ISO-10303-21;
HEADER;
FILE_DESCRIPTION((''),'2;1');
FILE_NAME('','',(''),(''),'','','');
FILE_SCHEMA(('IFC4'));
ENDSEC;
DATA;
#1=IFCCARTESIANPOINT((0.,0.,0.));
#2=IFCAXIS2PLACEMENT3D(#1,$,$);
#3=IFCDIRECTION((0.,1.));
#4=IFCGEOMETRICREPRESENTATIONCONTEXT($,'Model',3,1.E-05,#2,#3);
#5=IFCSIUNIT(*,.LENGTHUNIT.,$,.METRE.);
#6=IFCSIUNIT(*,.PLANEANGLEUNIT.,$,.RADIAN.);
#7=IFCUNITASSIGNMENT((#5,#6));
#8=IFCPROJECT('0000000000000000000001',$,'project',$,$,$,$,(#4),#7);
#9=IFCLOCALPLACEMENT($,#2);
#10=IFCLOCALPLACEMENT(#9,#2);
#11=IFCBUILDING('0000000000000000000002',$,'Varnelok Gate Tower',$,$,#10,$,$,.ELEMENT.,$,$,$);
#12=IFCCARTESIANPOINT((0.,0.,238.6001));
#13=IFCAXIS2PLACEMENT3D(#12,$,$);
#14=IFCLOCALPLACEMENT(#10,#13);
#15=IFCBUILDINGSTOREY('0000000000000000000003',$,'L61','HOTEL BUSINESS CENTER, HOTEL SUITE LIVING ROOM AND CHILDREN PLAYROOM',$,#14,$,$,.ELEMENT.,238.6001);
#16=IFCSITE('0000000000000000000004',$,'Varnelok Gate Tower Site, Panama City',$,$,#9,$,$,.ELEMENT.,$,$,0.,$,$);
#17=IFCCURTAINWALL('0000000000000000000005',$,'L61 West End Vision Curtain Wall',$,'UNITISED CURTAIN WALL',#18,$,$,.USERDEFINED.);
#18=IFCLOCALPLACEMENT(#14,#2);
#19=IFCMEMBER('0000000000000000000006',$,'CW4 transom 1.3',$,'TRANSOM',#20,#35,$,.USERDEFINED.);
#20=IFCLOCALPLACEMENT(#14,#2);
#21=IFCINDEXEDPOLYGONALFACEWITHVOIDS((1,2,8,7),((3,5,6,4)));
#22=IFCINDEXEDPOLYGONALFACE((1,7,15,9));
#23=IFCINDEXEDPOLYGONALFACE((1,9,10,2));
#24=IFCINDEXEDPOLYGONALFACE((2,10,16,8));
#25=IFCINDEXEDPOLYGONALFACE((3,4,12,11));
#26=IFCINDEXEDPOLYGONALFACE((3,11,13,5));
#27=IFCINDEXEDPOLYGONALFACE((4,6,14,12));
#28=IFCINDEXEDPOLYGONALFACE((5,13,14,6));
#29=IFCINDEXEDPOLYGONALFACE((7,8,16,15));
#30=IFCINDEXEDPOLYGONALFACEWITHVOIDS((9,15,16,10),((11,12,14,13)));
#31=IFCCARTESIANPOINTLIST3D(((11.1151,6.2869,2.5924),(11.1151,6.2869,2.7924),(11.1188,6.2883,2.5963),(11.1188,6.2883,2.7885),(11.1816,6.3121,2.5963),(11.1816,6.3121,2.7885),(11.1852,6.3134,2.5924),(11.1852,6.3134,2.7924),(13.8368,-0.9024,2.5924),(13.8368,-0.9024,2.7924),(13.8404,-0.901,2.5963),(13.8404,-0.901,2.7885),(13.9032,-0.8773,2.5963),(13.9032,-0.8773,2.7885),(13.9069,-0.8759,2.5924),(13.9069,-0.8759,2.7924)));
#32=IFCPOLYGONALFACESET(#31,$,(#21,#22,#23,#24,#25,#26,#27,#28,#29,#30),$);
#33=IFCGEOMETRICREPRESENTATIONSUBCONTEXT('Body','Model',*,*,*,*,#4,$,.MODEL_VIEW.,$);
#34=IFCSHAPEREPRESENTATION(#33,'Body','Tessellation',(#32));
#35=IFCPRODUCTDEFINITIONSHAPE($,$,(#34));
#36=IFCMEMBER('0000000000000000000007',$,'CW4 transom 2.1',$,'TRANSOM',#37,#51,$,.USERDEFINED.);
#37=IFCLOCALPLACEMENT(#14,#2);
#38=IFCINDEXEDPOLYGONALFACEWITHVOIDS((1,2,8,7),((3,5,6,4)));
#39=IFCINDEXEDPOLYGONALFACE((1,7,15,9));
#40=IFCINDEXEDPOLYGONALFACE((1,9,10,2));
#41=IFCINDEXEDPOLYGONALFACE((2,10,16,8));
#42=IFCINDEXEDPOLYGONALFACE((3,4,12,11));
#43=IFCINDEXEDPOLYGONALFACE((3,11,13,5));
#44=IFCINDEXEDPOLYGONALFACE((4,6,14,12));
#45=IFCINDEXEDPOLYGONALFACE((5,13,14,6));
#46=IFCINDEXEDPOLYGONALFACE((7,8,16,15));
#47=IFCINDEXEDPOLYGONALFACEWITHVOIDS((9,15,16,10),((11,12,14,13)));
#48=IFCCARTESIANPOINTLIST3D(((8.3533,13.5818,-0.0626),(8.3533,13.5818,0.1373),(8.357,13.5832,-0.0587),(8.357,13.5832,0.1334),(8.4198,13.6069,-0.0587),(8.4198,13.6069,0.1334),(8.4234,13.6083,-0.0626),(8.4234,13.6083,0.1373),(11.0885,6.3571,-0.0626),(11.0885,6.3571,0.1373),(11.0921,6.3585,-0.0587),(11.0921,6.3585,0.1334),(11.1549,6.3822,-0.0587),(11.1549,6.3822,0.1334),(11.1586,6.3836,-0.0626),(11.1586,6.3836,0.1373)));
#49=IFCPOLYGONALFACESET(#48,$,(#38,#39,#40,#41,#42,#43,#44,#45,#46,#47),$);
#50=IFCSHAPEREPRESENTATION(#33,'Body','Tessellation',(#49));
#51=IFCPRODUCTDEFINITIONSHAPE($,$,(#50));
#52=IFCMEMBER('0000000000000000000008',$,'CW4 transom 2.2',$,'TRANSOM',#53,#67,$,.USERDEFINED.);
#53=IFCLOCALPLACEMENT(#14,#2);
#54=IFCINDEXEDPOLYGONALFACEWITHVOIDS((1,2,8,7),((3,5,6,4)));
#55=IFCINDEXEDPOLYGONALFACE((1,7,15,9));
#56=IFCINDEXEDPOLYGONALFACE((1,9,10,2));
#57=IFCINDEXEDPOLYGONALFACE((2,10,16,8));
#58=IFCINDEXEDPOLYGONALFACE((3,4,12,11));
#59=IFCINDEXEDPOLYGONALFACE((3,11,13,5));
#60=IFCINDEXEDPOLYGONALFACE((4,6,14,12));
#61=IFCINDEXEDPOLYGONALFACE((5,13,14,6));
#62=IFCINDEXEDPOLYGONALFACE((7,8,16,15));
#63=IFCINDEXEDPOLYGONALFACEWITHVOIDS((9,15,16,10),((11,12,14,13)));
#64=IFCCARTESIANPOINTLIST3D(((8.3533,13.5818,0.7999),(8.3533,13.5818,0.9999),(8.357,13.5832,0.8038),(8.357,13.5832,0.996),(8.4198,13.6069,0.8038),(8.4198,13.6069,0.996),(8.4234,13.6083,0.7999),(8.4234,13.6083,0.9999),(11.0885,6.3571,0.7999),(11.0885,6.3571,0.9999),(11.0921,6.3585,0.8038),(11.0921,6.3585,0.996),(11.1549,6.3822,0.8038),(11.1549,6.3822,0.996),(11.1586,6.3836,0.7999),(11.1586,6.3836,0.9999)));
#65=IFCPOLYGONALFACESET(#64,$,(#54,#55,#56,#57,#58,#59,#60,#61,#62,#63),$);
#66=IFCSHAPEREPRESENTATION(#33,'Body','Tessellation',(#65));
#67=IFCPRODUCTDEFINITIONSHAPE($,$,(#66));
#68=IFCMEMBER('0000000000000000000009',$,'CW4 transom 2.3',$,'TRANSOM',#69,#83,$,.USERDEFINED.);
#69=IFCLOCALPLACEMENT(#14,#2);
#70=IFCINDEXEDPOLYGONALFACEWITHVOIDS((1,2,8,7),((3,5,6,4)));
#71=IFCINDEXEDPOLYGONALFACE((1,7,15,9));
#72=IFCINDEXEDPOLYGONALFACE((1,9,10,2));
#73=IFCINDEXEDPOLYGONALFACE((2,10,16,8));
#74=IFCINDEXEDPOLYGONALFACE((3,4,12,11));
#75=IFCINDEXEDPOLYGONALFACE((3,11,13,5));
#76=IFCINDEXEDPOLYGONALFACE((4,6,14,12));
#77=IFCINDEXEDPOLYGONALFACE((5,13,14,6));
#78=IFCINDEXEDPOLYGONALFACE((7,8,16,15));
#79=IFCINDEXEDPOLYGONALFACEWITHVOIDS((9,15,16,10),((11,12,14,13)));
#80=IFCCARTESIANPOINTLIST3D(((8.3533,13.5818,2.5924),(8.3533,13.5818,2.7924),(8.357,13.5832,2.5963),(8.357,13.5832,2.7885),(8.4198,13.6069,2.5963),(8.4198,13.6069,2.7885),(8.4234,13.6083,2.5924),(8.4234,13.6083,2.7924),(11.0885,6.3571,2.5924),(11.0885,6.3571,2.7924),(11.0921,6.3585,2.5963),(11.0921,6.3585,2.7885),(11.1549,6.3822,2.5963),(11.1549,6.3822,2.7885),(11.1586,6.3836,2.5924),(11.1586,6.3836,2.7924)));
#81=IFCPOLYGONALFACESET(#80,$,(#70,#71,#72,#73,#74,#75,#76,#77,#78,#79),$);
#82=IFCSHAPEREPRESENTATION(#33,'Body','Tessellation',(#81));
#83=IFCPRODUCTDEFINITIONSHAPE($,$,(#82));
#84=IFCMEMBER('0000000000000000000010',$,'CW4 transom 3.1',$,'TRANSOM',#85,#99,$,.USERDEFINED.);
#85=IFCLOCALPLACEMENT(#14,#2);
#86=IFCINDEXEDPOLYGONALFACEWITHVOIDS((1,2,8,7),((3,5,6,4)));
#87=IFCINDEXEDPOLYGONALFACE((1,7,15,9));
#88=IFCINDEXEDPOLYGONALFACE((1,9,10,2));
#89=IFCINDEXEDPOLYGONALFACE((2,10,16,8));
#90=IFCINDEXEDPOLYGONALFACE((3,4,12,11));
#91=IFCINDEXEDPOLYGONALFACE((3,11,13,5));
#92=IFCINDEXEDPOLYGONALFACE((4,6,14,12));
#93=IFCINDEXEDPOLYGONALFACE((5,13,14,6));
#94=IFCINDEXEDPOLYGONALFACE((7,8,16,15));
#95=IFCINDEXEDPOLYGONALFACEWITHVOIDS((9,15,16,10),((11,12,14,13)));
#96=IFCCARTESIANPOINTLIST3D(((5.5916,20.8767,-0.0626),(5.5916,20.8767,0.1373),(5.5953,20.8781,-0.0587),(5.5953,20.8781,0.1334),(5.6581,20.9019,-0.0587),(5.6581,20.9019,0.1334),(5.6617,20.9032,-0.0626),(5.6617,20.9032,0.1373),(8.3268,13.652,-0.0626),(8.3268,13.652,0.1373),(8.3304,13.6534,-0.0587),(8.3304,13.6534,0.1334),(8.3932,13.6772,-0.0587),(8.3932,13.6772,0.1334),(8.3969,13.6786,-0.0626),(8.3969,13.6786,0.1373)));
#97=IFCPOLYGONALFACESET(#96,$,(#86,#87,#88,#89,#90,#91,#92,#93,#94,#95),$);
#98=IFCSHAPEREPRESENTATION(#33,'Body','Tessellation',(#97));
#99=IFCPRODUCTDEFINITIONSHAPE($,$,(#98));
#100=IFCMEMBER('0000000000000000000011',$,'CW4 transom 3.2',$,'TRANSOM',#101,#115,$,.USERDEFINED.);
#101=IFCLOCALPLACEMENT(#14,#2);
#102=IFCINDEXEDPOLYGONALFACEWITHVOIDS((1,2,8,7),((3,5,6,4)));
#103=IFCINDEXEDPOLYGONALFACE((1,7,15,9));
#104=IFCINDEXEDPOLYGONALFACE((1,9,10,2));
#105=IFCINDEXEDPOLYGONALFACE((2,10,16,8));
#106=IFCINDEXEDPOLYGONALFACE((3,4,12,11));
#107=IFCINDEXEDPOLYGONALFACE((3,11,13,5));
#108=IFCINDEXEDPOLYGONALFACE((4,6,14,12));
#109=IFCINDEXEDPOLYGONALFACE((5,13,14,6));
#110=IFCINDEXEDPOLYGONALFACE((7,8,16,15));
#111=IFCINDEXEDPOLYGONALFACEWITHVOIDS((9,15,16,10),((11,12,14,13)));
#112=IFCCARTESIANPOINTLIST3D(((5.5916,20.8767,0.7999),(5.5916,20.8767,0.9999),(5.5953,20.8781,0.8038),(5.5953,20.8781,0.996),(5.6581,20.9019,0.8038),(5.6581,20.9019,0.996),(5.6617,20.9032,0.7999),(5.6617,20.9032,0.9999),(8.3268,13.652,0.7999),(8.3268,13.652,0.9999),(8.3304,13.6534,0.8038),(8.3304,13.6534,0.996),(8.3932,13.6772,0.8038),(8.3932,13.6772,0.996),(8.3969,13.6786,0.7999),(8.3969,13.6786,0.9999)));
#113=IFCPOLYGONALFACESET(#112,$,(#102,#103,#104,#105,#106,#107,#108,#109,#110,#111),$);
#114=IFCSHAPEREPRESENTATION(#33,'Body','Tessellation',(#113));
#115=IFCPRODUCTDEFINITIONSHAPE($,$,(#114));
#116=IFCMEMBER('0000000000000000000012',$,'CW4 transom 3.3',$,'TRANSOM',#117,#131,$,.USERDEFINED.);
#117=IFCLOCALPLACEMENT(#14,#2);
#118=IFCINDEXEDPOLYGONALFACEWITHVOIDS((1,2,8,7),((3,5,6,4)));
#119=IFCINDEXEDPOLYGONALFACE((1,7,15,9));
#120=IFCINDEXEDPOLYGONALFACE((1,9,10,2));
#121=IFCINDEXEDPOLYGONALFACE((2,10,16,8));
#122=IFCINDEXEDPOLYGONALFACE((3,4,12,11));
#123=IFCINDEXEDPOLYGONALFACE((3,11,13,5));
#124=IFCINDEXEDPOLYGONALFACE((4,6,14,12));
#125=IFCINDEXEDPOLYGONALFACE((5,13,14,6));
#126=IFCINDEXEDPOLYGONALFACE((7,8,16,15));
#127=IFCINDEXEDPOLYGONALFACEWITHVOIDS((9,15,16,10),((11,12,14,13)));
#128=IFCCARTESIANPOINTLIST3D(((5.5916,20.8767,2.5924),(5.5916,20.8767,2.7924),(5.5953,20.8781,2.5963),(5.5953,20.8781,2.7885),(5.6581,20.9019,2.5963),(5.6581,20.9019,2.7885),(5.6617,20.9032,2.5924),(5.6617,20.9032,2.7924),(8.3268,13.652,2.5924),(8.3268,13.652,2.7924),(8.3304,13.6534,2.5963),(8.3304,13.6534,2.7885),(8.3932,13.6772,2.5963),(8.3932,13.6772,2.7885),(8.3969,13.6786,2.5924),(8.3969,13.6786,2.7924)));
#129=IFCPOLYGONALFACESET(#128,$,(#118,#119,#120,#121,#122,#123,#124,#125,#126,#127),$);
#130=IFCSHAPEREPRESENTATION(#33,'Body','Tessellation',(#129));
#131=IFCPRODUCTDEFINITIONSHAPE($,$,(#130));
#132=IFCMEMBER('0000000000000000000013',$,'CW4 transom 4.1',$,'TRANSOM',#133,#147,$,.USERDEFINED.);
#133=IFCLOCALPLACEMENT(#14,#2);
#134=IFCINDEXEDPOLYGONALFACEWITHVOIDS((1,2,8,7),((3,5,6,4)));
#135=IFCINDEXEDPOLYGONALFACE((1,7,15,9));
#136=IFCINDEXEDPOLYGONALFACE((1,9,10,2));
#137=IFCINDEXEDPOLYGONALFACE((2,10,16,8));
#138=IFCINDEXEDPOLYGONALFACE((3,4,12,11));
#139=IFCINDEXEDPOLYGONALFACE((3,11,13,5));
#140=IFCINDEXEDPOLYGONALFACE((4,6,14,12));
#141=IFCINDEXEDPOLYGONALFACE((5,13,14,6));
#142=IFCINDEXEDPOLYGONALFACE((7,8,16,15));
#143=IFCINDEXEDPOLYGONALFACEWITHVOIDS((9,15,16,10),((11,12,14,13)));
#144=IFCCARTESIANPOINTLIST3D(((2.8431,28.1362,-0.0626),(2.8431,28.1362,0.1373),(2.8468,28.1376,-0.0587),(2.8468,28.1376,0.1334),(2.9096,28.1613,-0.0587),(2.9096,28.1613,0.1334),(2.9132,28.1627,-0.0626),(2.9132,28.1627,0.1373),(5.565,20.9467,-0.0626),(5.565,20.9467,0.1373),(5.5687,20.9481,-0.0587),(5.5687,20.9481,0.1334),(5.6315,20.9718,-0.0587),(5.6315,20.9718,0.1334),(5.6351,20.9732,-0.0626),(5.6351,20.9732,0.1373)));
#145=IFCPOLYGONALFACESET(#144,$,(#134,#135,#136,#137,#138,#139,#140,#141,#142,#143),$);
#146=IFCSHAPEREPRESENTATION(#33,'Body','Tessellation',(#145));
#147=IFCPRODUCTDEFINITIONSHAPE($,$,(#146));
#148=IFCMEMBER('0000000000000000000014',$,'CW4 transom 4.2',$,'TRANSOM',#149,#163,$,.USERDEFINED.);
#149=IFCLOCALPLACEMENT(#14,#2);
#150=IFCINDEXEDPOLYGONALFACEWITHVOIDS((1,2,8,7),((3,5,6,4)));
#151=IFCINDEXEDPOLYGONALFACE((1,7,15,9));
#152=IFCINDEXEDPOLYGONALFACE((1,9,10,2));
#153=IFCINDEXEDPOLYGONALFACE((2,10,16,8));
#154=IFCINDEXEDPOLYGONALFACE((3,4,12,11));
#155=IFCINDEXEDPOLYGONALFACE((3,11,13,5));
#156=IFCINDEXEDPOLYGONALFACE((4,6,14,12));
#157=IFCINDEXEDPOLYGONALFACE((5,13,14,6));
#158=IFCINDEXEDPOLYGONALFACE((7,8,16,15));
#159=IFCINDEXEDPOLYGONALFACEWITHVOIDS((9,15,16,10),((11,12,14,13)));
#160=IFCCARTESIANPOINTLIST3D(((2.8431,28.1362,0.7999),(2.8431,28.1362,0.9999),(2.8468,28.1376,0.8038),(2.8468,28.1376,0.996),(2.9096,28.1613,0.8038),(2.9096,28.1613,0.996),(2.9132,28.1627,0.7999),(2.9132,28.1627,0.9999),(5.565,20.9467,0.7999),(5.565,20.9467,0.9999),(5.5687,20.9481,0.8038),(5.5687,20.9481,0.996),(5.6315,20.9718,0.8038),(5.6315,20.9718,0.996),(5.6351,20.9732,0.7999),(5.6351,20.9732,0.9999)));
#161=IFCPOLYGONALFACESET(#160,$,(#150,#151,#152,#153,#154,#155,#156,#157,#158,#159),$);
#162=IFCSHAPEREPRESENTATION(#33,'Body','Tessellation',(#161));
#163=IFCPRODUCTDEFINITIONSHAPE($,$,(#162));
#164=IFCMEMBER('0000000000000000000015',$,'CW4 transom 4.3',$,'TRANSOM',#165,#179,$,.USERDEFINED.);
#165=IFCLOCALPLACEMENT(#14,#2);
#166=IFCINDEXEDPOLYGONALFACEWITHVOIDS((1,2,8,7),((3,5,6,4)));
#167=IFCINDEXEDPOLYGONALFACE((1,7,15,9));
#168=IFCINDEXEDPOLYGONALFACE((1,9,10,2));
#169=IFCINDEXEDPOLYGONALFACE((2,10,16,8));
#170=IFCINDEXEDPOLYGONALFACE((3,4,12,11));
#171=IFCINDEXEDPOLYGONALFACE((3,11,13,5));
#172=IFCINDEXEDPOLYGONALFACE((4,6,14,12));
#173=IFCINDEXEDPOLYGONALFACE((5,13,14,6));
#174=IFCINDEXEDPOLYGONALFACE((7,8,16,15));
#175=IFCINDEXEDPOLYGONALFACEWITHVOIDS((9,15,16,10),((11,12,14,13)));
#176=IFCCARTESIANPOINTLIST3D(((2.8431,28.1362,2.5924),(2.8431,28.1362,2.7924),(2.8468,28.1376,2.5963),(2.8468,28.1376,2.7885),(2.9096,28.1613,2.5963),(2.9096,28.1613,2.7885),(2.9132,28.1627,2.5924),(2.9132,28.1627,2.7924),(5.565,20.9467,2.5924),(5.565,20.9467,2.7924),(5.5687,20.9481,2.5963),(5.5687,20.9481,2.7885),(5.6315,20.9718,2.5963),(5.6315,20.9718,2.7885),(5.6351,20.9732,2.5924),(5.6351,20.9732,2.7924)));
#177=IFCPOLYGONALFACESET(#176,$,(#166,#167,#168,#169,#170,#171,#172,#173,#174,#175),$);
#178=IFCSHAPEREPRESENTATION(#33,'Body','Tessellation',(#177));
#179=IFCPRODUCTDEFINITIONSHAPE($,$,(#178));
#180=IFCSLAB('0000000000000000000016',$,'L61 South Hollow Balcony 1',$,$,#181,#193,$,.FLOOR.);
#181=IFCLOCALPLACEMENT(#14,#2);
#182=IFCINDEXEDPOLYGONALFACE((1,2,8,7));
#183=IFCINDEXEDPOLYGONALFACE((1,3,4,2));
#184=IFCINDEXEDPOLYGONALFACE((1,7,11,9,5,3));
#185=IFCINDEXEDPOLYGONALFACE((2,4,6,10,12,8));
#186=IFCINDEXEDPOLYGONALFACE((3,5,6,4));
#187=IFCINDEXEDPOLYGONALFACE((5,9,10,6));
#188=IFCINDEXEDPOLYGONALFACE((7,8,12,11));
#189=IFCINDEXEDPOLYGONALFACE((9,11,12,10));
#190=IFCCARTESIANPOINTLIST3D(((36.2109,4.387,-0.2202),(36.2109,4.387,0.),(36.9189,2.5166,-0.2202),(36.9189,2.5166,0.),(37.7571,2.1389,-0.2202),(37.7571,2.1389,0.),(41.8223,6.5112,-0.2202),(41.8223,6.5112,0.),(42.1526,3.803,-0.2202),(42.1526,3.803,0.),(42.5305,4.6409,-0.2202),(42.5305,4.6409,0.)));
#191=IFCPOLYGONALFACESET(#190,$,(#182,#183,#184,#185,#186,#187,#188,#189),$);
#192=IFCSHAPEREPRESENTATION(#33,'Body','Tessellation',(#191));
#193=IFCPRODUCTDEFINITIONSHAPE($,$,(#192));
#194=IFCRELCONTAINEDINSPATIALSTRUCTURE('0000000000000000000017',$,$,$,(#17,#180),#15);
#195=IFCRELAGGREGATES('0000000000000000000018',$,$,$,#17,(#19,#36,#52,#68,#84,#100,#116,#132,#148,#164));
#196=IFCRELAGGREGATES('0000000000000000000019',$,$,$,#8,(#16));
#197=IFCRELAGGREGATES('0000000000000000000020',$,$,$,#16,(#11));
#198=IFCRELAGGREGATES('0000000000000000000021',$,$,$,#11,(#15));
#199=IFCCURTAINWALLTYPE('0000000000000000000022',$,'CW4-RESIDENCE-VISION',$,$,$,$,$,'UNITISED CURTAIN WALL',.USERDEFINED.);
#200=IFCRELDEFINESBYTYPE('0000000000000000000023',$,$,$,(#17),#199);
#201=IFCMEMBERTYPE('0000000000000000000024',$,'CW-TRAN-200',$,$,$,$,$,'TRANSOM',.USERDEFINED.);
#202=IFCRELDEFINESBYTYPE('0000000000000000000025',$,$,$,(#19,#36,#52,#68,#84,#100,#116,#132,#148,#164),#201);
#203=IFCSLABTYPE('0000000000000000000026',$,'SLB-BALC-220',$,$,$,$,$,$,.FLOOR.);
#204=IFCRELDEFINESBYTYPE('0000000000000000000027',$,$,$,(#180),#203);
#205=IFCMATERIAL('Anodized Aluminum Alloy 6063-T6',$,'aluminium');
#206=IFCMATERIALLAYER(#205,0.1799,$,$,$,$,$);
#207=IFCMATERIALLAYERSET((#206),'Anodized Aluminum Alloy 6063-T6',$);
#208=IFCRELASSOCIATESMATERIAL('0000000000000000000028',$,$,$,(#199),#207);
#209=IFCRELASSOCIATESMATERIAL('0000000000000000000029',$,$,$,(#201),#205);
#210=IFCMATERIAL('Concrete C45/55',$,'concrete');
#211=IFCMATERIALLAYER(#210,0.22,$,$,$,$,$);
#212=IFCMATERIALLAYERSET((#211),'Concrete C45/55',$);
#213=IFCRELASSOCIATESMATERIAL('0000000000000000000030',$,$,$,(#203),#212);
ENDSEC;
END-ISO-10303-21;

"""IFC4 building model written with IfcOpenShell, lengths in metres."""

from ifc_helpers import new_model, si_unit, direction, frame, origin, origin_2d, place, context, subcontext, project, spatial, polyline, hollow_rectangle, outline, extrude, material, layer, layer_set, material_profile, profile_set, type_object, element, aggregate, save


model = new_model("IFC4")

# Units and contexts
model_context = context("Model", 3, precision=1e-05, world=origin(), true_north=direction((0.0, 1.0)))
body_context = subcontext(model_context, "Body", "Model", "MODEL_VIEW")
ifc_project = project(units=[si_unit("LENGTHUNIT", "METRE"), si_unit("PLANEANGLEUNIT", "RADIAN")], contexts=[model_context])

# Site, building, storey
site_placement = place(None, origin())
site = spatial("IfcSite", under=ifc_project, at=site_placement, Name="Varnelok Gate Tower Site, Panama City", CompositionType="ELEMENT", RefElevation=0.0)
building_placement = place(site_placement, origin())
building = spatial("IfcBuilding", under=site, at=building_placement, Name="Varnelok Gate Tower", CompositionType="ELEMENT")
storey_placement = place(building_placement, frame((0.0, 0.0, 238.6001)))
storey = spatial("IfcBuildingStorey", under=building, at=storey_placement, Name="L61", Description="HOTEL BUSINESS CENTER, HOTEL SUITE LIVING ROOM AND CHILDREN PLAYROOM", CompositionType="ELEMENT", Elevation=238.6001)

# Curtain wall, members
ifc_material_1 = material(Name="Anodized Aluminum Alloy 6063-T6", Category="aluminium")
ifc_layer_1 = layer(ifc_material_1, 0.1799)
ifc_layer_set_1 = layer_set([ifc_layer_1], Name="Anodized Aluminum Alloy 6063-T6")
curtain_wall_type = type_object("IfcCurtainWallType", Name="CW4-RESIDENCE-VISION", ElementType="UNITISED CURTAIN WALL", PredefinedType="USERDEFINED", material=ifc_layer_set_1)
curtain_wall_placement = place(storey_placement, origin())
curtain_wall = element("IfcCurtainWall", 1, at=curtain_wall_placement, inside=storey, type_object=curtain_wall_type, Name="L61 West End Vision Curtain Wall", ObjectType="UNITISED CURTAIN WALL", PredefinedType="USERDEFINED")
ifc_material_profile_1 = material_profile(ifc_material_1, hollow_rectangle(XDim=0.075, YDim=0.2, WallThickness=0.0039, at=origin_2d()), Name="ALU200X75X4")
ifc_profile_set_1 = profile_set([ifc_material_profile_1], Name="Anodized Aluminum Alloy 6063-T6")
member_type_1 = type_object("IfcMemberType", Name="CW-TRAN-200", ElementType="TRANSOM", PredefinedType="USERDEFINED", material=ifc_profile_set_1)
member_1_placement = place(storey_placement, frame((13.8718, -0.8892, 2.6924), z_axis=(-0.354045, 0.935228, 0.0), x_axis=(-0.935228, -0.354045, 0.0)))
member_1 = element("IfcMember", 2, at=member_1_placement, type_object=member_type_1, Name="CW4 transom 1.3", ObjectType="TRANSOM", PredefinedType="USERDEFINED", context=body_context, shape_type="SweptSolid", body=[
    extrude(hollow_rectangle(XDim=0.075, YDim=0.2, WallThickness=0.0039, at=origin_2d()), origin(), (0.0, 0.0, 1.0), 7.6873),
])
member_2_placement = place(storey_placement, frame((11.1235, 6.3704, 0.0374), z_axis=(-0.354059, 0.935223, 0.0), x_axis=(-0.935223, -0.354059, 0.0)))
member_2 = element("IfcMember", 3, at=member_2_placement, type_object=member_type_1, Name="CW4 transom 2.1", ObjectType="TRANSOM", PredefinedType="USERDEFINED", context=body_context, shape_type="SweptSolid", body=[
    extrude(hollow_rectangle(XDim=0.075, YDim=0.2, WallThickness=0.0039, at=origin_2d()), origin(), (0.0, 0.0, 1.0), 7.7251),
])
member_3_placement = place(storey_placement, frame((11.1235, 6.3704, 0.8999), z_axis=(-0.354059, 0.935223, 0.0), x_axis=(-0.935223, -0.354059, 0.0)))
member_3 = element("IfcMember", 4, at=member_3_placement, type_object=member_type_1, Name="CW4 transom 2.2", ObjectType="TRANSOM", PredefinedType="USERDEFINED", context=body_context, shape_type="SweptSolid", body=[
    extrude(hollow_rectangle(XDim=0.075, YDim=0.2, WallThickness=0.0039, at=origin_2d()), origin(), (0.0, 0.0, 1.0), 7.7251),
])
member_4_placement = place(storey_placement, frame((11.1235, 6.3704, 2.6924), z_axis=(-0.354059, 0.935223, 0.0), x_axis=(-0.935223, -0.354059, 0.0)))
member_4 = element("IfcMember", 5, at=member_4_placement, type_object=member_type_1, Name="CW4 transom 2.3", ObjectType="TRANSOM", PredefinedType="USERDEFINED", context=body_context, shape_type="SweptSolid", body=[
    extrude(hollow_rectangle(XDim=0.075, YDim=0.2, WallThickness=0.0039, at=origin_2d()), origin(), (0.0, 0.0, 1.0), 7.7251),
])
member_5_placement = place(storey_placement, frame((8.3618, 13.6653, 0.0374), z_axis=(-0.354059, 0.935223, 0.0), x_axis=(-0.935223, -0.354059, 0.0)))
member_5 = element("IfcMember", 6, at=member_5_placement, type_object=member_type_1, Name="CW4 transom 3.1", ObjectType="TRANSOM", PredefinedType="USERDEFINED", context=body_context, shape_type="SweptSolid", body=[
    extrude(hollow_rectangle(XDim=0.075, YDim=0.2, WallThickness=0.0039, at=origin_2d()), origin(), (0.0, 0.0, 1.0), 7.7251),
])
member_6_placement = place(storey_placement, frame((8.3618, 13.6653, 0.8999), z_axis=(-0.354059, 0.935223, 0.0), x_axis=(-0.935223, -0.354059, 0.0)))
member_6 = element("IfcMember", 7, at=member_6_placement, type_object=member_type_1, Name="CW4 transom 3.2", ObjectType="TRANSOM", PredefinedType="USERDEFINED", context=body_context, shape_type="SweptSolid", body=[
    extrude(hollow_rectangle(XDim=0.075, YDim=0.2, WallThickness=0.0039, at=origin_2d()), origin(), (0.0, 0.0, 1.0), 7.7251),
])
member_7_placement = place(storey_placement, frame((8.3618, 13.6653, 2.6924), z_axis=(-0.354059, 0.935223, 0.0), x_axis=(-0.935223, -0.354059, 0.0)))
member_7 = element("IfcMember", 8, at=member_7_placement, type_object=member_type_1, Name="CW4 transom 3.3", ObjectType="TRANSOM", PredefinedType="USERDEFINED", context=body_context, shape_type="SweptSolid", body=[
    extrude(hollow_rectangle(XDim=0.075, YDim=0.2, WallThickness=0.0039, at=origin_2d()), origin(), (0.0, 0.0, 1.0), 7.7251),
])
member_8_placement = place(storey_placement, frame((5.6001, 20.96, 0.0374), z_axis=(-0.354073, 0.935218, 0.0), x_axis=(-0.935218, -0.354073, 0.0)))
member_8 = element("IfcMember", 9, at=member_8_placement, type_object=member_type_1, Name="CW4 transom 4.1", ObjectType="TRANSOM", PredefinedType="USERDEFINED", context=body_context, shape_type="SweptSolid", body=[
    extrude(hollow_rectangle(XDim=0.075, YDim=0.2, WallThickness=0.0039, at=origin_2d()), origin(), (0.0, 0.0, 1.0), 7.6875),
])
member_9_placement = place(storey_placement, frame((5.6001, 20.96, 0.8999), z_axis=(-0.354073, 0.935218, 0.0), x_axis=(-0.935218, -0.354073, 0.0)))
member_9 = element("IfcMember", 10, at=member_9_placement, type_object=member_type_1, Name="CW4 transom 4.2", ObjectType="TRANSOM", PredefinedType="USERDEFINED", context=body_context, shape_type="SweptSolid", body=[
    extrude(hollow_rectangle(XDim=0.075, YDim=0.2, WallThickness=0.0039, at=origin_2d()), origin(), (0.0, 0.0, 1.0), 7.6875),
])
member_10_placement = place(storey_placement, frame((5.6001, 20.96, 2.6924), z_axis=(-0.354073, 0.935218, 0.0), x_axis=(-0.935218, -0.354073, 0.0)))
member_10 = element("IfcMember", 11, at=member_10_placement, type_object=member_type_1, Name="CW4 transom 4.3", ObjectType="TRANSOM", PredefinedType="USERDEFINED", context=body_context, shape_type="SweptSolid", body=[
    extrude(hollow_rectangle(XDim=0.075, YDim=0.2, WallThickness=0.0039, at=origin_2d()), origin(), (0.0, 0.0, 1.0), 7.6875),
])

# Slab
ifc_material_2 = material(Name="Concrete C45/55", Category="concrete")
ifc_layer_2 = layer(ifc_material_2, 0.22)
ifc_layer_set_2 = layer_set([ifc_layer_2], Name="Concrete C45/55")
slab_type_1 = type_object("IfcSlabType", Name="SLB-BALC-220", PredefinedType="FLOOR", material=ifc_layer_set_2)
slab_1_placement = place(storey_placement, frame((0.0, 0.0, -0.2202)))
element("IfcSlab", 12, at=slab_1_placement, inside=storey, type_object=slab_type_1, Name="L61 South Hollow Balcony 1", PredefinedType="FLOOR", context=body_context, shape_type="SweptSolid", body=[
    extrude(outline(polyline([(36.9189, 2.5166), (37.7571, 2.1389), (42.1526, 3.803), (42.5305, 4.6409), (41.8223, 6.5112), (36.2109, 4.387), (36.9189, 2.5166)])), origin(), (0.0, 0.0, 1.0), 0.2202),
])

aggregate(curtain_wall, [member_1, member_2, member_3, member_4, member_5, member_6, member_7, member_8, member_9, member_10])

save(model, "model.ifc")
